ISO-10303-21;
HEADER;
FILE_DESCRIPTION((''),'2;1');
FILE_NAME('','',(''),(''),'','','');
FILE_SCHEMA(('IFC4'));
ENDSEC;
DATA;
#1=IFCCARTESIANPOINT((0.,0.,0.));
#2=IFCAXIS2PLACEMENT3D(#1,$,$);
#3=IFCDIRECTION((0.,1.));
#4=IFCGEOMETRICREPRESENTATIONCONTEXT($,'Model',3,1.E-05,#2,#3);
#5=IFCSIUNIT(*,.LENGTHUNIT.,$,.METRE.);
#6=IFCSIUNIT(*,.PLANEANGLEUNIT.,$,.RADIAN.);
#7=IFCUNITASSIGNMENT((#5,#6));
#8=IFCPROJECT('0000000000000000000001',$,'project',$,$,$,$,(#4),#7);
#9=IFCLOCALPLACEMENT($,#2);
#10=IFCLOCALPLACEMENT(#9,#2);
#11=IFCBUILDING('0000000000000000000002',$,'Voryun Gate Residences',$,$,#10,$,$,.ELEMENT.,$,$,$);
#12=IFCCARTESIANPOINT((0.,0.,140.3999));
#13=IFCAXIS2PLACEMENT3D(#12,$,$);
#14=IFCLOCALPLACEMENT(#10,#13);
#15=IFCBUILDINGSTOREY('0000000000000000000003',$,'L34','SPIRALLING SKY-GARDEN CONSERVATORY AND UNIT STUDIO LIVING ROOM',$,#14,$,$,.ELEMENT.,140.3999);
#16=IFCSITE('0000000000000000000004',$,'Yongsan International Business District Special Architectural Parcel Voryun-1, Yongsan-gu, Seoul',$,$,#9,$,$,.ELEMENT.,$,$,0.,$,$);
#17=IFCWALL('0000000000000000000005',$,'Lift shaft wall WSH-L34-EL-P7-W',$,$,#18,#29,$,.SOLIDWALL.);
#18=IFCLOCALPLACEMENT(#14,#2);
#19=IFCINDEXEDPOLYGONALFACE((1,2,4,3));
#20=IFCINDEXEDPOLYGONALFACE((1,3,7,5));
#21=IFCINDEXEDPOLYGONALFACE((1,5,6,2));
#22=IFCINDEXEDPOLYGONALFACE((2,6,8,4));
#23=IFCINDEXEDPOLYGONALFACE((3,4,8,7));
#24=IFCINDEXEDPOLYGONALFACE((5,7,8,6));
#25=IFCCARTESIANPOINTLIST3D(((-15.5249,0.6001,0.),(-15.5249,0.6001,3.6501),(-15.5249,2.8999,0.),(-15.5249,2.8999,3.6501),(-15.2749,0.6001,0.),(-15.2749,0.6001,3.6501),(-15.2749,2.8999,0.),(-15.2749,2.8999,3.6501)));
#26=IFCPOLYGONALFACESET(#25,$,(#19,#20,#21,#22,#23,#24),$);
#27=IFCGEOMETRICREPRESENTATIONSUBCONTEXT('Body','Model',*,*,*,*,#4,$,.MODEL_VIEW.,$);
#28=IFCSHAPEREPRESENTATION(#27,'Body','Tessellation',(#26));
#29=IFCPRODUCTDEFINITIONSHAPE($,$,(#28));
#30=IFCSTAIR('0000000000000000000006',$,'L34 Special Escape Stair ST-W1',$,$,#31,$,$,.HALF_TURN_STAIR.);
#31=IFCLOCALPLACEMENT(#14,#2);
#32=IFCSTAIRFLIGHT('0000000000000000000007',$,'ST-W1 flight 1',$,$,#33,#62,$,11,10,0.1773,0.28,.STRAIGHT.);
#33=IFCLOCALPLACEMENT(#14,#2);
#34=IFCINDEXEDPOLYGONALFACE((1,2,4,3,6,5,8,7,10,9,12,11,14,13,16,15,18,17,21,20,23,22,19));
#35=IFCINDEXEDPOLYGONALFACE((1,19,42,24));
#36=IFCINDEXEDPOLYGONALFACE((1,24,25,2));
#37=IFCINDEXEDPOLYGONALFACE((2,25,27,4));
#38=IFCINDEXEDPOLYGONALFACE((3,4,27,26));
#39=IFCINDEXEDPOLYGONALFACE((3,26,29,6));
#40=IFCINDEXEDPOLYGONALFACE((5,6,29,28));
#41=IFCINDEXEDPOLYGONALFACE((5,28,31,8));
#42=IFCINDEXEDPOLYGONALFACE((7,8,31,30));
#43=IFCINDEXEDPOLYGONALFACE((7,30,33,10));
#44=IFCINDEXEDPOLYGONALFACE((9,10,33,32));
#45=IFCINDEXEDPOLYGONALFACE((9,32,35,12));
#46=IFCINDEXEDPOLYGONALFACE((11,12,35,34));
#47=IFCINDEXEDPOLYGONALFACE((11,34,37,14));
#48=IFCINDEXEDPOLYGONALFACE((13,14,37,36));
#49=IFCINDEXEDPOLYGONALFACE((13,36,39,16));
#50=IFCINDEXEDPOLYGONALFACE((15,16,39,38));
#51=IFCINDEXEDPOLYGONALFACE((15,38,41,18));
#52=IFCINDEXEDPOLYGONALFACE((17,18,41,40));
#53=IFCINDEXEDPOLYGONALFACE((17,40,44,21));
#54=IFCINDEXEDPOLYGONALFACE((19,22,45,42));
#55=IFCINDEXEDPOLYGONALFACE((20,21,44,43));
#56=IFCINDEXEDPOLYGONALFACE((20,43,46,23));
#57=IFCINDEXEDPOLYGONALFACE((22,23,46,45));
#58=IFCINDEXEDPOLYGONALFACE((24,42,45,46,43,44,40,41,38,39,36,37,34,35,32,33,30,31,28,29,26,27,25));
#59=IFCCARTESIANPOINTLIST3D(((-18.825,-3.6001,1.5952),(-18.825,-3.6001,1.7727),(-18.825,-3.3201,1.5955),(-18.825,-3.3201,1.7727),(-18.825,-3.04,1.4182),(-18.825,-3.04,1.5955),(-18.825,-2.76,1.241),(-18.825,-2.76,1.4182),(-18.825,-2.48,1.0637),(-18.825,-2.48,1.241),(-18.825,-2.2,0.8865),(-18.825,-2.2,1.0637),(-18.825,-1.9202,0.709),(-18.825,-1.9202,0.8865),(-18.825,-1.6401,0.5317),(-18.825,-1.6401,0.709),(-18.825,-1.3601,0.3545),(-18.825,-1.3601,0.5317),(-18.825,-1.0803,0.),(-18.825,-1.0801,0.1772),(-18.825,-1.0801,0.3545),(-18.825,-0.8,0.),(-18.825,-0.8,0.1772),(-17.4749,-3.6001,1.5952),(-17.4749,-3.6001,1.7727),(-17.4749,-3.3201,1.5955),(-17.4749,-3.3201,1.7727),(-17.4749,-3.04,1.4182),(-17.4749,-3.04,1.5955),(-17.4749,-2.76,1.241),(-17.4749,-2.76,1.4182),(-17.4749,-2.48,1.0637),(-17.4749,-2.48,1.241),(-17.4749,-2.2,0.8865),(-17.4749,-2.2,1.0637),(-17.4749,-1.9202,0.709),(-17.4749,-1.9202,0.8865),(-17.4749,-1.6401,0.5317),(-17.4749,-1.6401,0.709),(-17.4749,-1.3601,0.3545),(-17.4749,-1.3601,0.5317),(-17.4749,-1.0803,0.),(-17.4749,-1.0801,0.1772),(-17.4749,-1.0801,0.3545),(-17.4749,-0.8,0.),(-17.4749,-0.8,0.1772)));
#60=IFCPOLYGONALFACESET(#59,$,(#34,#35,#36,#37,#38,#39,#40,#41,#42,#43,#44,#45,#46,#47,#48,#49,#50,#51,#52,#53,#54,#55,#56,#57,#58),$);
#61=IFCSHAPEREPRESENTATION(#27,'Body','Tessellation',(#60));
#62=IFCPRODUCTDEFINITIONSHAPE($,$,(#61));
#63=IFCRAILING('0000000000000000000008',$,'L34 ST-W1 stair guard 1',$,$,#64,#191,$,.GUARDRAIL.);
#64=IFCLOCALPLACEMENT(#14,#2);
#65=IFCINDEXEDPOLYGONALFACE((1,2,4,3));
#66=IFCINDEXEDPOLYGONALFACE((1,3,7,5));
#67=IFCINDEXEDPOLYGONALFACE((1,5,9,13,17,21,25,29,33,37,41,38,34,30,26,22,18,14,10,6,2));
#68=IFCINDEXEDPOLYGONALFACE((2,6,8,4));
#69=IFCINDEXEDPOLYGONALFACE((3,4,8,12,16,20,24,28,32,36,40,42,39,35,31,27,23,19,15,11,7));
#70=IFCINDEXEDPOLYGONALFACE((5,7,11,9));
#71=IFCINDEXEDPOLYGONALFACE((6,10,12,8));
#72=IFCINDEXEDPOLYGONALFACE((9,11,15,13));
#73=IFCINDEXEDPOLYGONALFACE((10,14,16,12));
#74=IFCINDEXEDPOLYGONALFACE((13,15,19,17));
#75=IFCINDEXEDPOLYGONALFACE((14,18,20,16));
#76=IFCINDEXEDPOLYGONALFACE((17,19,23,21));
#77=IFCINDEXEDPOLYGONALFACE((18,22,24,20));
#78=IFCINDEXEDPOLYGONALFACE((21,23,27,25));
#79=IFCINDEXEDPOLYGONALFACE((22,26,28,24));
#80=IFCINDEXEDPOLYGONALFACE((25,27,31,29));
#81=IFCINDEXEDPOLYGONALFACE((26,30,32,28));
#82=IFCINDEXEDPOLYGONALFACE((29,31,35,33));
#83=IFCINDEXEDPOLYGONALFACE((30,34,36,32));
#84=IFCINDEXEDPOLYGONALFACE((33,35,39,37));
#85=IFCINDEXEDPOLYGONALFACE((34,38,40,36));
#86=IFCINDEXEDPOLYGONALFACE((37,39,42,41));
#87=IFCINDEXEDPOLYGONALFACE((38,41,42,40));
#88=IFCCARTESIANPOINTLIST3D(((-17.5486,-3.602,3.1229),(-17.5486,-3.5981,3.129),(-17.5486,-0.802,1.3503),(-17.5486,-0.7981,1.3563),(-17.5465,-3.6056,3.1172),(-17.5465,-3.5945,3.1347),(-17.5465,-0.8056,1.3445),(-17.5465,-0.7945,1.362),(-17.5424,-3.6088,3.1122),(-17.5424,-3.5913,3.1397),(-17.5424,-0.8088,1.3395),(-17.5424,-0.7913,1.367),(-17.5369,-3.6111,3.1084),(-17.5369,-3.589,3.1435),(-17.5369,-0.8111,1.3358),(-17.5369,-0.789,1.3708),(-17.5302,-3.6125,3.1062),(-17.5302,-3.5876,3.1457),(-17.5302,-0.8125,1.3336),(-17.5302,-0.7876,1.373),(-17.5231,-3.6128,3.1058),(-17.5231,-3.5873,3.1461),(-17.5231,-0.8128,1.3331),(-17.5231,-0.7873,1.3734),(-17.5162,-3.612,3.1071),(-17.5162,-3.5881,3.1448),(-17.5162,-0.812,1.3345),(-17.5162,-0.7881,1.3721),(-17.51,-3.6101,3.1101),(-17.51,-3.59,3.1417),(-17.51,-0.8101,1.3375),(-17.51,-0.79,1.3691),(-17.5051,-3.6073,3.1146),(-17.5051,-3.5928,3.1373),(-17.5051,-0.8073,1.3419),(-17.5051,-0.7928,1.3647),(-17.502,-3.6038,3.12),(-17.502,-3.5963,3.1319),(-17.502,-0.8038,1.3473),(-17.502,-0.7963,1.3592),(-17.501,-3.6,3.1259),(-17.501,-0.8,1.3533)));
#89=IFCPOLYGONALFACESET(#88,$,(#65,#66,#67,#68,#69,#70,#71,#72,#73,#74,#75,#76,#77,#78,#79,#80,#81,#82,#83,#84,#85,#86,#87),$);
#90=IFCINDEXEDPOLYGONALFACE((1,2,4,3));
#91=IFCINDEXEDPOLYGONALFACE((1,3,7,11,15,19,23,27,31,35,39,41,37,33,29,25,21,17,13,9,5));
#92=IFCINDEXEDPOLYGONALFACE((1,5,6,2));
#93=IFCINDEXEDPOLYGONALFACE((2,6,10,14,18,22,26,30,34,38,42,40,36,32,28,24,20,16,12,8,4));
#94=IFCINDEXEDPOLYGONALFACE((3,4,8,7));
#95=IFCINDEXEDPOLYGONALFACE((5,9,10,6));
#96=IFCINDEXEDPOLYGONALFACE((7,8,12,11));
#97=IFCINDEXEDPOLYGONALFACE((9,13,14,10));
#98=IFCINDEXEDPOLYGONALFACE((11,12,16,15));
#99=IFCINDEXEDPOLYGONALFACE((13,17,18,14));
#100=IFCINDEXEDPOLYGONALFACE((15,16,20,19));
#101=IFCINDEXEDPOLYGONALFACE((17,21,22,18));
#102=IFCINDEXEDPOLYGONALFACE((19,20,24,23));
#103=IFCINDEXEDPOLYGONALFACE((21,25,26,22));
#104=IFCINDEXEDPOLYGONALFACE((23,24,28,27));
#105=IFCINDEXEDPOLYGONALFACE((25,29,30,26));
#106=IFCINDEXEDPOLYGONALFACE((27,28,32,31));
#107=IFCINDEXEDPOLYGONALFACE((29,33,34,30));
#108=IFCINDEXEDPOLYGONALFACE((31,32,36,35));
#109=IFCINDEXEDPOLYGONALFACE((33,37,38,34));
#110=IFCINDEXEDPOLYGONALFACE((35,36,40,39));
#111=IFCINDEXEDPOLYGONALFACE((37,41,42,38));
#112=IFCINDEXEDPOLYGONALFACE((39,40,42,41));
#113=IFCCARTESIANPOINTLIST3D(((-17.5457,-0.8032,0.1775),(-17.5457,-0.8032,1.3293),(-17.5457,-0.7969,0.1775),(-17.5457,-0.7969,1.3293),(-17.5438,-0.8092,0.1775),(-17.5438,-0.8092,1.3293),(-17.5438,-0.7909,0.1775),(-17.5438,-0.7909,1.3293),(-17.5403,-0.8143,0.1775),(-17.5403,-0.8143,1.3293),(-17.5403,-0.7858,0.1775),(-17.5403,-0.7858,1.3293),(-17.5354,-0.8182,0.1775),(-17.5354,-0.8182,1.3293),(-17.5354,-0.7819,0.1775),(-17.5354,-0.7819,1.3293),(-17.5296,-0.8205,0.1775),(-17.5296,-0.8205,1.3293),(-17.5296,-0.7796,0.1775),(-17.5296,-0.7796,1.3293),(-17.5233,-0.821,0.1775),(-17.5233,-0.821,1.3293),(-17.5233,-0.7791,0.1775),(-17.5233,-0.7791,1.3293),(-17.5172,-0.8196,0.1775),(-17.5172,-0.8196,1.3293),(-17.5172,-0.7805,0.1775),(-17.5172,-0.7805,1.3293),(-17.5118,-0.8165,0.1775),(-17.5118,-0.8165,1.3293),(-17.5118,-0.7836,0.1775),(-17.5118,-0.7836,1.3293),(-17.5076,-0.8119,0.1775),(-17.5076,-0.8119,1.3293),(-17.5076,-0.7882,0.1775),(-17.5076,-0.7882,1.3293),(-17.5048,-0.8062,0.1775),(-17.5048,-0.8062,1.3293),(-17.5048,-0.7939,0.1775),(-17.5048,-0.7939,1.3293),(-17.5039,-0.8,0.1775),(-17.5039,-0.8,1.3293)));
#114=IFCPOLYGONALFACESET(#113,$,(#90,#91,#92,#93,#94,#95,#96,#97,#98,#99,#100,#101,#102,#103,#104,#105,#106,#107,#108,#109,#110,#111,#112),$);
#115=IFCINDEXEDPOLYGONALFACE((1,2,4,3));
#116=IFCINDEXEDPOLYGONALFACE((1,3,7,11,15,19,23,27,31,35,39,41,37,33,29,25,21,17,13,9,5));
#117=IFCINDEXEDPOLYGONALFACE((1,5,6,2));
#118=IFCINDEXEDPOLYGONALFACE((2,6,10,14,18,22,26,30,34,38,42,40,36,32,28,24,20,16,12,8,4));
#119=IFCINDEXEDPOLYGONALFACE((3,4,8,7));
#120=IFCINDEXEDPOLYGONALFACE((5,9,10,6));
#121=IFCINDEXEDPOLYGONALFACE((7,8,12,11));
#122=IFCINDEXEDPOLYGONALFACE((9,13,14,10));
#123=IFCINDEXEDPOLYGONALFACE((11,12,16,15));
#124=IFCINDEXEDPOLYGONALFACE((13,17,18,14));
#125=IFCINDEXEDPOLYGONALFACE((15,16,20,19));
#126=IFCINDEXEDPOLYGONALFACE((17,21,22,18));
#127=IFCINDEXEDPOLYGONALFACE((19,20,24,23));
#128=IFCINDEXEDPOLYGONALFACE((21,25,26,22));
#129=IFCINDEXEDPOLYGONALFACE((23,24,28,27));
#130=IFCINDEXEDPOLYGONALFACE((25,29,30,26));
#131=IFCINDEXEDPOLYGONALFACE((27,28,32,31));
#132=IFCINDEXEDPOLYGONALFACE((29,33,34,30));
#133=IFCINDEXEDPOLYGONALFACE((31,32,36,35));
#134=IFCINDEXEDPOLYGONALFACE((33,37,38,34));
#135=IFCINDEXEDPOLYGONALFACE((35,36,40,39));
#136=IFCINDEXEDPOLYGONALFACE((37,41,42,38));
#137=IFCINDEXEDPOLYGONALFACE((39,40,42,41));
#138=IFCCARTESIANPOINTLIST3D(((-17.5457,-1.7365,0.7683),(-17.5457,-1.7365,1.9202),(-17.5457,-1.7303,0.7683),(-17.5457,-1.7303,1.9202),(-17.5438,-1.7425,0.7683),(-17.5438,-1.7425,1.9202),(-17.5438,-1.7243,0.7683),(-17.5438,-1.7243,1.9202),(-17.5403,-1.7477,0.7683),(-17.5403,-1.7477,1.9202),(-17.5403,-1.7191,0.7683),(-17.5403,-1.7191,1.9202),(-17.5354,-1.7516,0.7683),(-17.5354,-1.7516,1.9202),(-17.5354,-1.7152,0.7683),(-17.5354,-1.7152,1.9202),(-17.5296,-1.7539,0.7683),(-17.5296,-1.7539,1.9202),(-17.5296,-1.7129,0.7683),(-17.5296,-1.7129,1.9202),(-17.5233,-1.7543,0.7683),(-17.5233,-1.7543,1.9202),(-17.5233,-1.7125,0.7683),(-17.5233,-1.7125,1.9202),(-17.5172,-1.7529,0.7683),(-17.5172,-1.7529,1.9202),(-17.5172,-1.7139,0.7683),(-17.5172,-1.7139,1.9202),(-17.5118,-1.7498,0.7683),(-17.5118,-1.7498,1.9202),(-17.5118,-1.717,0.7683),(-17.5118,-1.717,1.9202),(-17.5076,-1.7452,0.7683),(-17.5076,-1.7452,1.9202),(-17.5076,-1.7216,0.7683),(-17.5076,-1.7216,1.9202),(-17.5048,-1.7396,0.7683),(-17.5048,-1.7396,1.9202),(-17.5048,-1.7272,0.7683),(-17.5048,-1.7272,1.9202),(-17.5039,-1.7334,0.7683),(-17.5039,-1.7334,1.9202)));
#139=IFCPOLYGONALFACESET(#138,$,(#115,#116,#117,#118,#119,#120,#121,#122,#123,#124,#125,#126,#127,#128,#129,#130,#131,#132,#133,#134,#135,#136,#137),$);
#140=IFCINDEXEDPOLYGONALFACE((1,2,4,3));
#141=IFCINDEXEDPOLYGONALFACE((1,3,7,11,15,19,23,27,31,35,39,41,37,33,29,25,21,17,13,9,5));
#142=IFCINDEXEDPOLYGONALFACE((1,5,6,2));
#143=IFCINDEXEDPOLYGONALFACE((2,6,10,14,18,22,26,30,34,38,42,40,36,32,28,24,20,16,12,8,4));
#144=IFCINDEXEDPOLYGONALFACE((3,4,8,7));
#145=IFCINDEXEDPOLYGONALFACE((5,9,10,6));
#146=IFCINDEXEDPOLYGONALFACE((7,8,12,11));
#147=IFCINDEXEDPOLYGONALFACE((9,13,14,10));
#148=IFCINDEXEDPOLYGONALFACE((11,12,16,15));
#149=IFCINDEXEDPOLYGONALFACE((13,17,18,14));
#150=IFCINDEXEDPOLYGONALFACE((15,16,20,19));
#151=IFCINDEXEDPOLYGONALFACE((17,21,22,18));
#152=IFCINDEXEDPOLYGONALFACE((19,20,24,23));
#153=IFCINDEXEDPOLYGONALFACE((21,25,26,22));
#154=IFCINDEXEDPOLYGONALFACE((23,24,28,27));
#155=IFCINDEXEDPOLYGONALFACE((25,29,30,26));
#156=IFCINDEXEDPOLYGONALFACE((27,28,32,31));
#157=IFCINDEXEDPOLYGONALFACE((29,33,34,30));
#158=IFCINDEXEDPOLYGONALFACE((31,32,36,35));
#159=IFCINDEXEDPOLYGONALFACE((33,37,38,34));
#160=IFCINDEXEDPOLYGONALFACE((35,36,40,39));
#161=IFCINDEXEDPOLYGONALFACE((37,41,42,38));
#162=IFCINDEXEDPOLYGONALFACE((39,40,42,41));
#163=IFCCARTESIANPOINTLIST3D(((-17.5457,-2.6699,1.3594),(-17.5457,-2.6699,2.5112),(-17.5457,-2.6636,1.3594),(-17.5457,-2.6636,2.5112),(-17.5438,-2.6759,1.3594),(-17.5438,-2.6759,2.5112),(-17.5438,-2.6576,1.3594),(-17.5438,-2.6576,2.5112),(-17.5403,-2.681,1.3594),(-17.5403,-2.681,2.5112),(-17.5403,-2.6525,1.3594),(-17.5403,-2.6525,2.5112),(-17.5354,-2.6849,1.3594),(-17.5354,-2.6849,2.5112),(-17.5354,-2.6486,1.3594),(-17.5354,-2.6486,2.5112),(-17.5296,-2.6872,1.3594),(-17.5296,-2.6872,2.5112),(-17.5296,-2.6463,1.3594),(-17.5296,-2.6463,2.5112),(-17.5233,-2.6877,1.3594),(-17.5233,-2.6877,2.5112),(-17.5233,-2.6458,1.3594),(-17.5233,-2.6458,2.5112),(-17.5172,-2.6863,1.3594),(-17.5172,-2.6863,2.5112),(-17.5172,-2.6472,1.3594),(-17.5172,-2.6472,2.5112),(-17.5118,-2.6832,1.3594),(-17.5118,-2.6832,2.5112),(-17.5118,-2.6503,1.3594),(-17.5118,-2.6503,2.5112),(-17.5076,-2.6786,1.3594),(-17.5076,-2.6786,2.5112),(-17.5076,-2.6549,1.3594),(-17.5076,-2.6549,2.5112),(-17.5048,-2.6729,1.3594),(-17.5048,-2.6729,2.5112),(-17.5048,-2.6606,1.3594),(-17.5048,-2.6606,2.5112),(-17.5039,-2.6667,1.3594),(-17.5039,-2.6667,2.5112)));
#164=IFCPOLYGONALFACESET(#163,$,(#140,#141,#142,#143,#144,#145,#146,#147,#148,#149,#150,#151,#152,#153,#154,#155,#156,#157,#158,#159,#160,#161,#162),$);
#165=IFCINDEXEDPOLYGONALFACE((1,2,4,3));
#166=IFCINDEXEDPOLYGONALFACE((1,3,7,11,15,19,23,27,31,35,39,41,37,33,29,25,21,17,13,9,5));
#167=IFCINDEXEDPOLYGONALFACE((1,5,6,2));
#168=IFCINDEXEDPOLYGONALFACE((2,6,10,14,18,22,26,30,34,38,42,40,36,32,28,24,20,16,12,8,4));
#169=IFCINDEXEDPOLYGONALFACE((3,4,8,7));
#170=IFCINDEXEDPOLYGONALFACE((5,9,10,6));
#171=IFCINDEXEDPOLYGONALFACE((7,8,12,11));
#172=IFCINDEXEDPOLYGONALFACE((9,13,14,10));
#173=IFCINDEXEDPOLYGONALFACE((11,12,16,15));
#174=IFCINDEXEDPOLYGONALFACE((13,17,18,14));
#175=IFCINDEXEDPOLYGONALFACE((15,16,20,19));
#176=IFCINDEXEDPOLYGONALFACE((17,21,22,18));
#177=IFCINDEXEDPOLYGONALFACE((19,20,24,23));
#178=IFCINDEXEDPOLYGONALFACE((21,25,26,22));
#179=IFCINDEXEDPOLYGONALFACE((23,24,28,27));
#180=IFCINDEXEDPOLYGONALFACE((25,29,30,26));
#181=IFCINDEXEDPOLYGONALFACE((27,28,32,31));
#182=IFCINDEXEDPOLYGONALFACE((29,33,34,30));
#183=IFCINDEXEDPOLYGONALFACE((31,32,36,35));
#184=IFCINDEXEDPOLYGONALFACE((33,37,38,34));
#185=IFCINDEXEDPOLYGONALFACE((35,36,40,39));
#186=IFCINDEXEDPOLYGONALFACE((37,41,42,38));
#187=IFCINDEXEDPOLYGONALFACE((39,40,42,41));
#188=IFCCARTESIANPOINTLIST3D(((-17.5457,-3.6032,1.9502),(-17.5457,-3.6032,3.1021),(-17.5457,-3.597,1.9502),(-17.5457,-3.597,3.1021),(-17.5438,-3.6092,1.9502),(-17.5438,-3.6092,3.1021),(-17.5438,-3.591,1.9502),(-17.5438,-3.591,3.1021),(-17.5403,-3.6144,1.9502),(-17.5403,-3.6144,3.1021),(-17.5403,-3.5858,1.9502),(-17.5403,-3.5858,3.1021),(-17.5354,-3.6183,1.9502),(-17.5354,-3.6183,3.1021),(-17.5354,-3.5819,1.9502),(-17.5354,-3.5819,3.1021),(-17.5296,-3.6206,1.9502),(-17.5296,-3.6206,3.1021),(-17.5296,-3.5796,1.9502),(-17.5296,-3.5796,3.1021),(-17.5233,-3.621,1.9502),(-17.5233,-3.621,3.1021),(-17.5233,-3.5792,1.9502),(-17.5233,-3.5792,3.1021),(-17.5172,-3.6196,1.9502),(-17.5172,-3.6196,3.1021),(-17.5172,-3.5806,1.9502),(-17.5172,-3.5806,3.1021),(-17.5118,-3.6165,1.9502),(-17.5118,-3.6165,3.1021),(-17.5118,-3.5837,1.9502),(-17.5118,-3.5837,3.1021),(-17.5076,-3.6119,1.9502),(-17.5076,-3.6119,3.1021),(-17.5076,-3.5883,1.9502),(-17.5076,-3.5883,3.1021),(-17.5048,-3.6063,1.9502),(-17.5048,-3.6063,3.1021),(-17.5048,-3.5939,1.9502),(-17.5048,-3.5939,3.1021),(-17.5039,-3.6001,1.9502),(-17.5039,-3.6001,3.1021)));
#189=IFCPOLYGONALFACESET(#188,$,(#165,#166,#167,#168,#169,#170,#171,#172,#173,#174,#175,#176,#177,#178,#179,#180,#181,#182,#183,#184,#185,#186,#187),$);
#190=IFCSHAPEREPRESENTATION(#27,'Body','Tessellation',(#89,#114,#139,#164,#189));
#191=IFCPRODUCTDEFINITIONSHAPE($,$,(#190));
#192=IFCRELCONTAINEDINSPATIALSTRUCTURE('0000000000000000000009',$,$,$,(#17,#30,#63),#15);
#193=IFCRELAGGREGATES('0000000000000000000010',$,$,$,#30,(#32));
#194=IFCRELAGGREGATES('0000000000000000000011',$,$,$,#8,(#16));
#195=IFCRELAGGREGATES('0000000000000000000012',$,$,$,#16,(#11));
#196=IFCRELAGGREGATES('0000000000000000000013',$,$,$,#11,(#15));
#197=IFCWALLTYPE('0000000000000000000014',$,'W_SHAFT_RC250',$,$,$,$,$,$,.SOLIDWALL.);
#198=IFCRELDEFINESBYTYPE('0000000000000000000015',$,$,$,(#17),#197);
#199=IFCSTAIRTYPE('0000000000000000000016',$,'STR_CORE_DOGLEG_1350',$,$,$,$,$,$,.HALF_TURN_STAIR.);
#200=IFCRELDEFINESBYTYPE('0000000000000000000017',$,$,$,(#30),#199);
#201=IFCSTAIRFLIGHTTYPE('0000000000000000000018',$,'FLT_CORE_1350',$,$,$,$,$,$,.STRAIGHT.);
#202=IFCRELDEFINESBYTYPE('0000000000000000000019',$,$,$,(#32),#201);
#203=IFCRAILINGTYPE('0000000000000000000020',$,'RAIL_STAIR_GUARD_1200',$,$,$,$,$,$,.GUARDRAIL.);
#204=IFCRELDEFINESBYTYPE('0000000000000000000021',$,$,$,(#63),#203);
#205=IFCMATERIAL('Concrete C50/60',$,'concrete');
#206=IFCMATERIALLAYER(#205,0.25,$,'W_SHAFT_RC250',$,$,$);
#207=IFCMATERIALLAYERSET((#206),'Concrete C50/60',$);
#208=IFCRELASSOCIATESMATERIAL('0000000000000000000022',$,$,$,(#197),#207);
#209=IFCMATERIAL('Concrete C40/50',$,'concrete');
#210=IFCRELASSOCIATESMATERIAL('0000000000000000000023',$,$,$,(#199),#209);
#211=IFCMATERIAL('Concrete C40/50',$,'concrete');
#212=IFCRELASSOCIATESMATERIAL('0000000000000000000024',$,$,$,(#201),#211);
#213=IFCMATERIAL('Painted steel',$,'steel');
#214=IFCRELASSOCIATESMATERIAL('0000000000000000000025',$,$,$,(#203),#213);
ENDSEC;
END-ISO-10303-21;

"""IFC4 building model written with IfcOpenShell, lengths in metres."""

from ifc_helpers import new_model, si_unit, direction, frame, frame_2d, origin, origin_2d, place, context, subcontext, project, spatial, polyline, rectangle, circle, outline, extrude, material, layer, layer_set, type_object, element, aggregate, save


model = new_model("IFC4")

# Units and contexts
model_context = context("Model", 3, precision=1e-05, world=origin(), true_north=direction((0.0, 1.0)))
body_context = subcontext(model_context, "Body", "Model", "MODEL_VIEW")
ifc_project = project(units=[si_unit("LENGTHUNIT", "METRE"), si_unit("PLANEANGLEUNIT", "RADIAN")], contexts=[model_context])

# Site, building, storey
site_placement = place(None, origin())
site = spatial("IfcSite", under=ifc_project, at=site_placement, Name="Yongsan International Business District Special Architectural Parcel Voryun-1, Yongsan-gu, Seoul", CompositionType="ELEMENT", RefElevation=0.0)
building_placement = place(site_placement, origin())
building = spatial("IfcBuilding", under=site, at=building_placement, Name="Voryun Gate Residences", CompositionType="ELEMENT")
storey_placement = place(building_placement, frame((0.0, 0.0, 140.3999)))
storey = spatial("IfcBuildingStorey", under=building, at=storey_placement, Name="L34", Description="SPIRALLING SKY-GARDEN CONSERVATORY AND UNIT STUDIO LIVING ROOM", CompositionType="ELEMENT", Elevation=140.3999)

# Shared definitions
ifc_material_1 = material(Name="Concrete C50/60", Category="concrete")
ifc_layer_1 = layer(ifc_material_1, 0.25, Name="W_SHAFT_RC250")
ifc_layer_set_1 = layer_set([ifc_layer_1], Name="Concrete C50/60")
wall_type_1 = type_object("IfcWallType", Name="W_SHAFT_RC250", PredefinedType="SOLIDWALL", material=ifc_layer_set_1)

# Wall
wall_1_placement = place(storey_placement, frame((-15.3999, 2.8999, 0.0), z_axis=(0.0, 0.0, 1.0), x_axis=(0.0, -1.0, 0.0)))
element("IfcWall", 1, at=wall_1_placement, inside=storey, type_object=wall_type_1, Name="Lift shaft wall WSH-L34-EL-P7-W", PredefinedType="SOLIDWALL", context=body_context, shape_type="SweptSolid", body=[
    extrude(rectangle(XDim=2.2998, YDim=0.25, at=frame_2d((1.1499, 0.0))), origin(), (0.0, 0.0, 1.0), 3.6501),
])

# Stair, stair flight
ifc_material_2 = material(Name="Concrete C40/50", Category="concrete")
stair_type = type_object("IfcStairType", Name="STR_CORE_DOGLEG_1350", PredefinedType="HALF_TURN_STAIR", material=ifc_material_2)
stair_placement = place(storey_placement, origin())
stair = element("IfcStair", 2, at=stair_placement, inside=storey, type_object=stair_type, Name="L34 Special Escape Stair ST-W1", PredefinedType="HALF_TURN_STAIR")
ifc_material_3 = material(Name="Concrete C40/50", Category="concrete")
stair_flight_type = type_object("IfcStairFlightType", Name="FLT_CORE_1350", PredefinedType="STRAIGHT", material=ifc_material_3)
stair_flight_placement = place(storey_placement, frame((-18.1499, -0.8, 0.0), z_axis=(0.0, 0.0, 1.0), x_axis=(0.0, -1.0, 0.0)))
stair_flight = element("IfcStairFlight", 3, at=stair_flight_placement, type_object=stair_flight_type, Name="ST-W1 flight 1", NumberOfRisers=11, NumberOfTreads=10, PredefinedType="STRAIGHT", RiserHeight=0.1773, TreadLength=0.28, context=body_context, shape_type="SweptSolid", body=[
    extrude(outline(polyline([(0.0, 0.0), (0.0, 0.1772), (0.28, 0.1772), (0.28, 0.3545), (0.5601, 0.3545), (0.5601, 0.5317), (0.8401, 0.5317), (0.8401, 0.709), (1.1201, 0.709), (1.1201, 0.8865), (1.3999, 0.8865), (1.3999, 1.0637), (1.6799, 1.0637), (1.6799, 1.241), (1.96, 1.241), (1.96, 1.4182), (2.24, 1.4182), (2.24, 1.5955), (2.52, 1.5955), (2.52, 1.7727), (2.8, 1.7727), (2.8, 1.95), (2.8, 1.5952), (0.2803, 0.0), (0.0, 0.0)])), frame((0.0, 0.675, 0.0), z_axis=(0.0, -1.0, 0.0), x_axis=(1.0, 0.0, 0.0)), (0.0, 0.0, 1.0), 1.3501),
])
aggregate(stair, [stair_flight])

# Railing
ifc_material_4 = material(Name="Painted steel", Category="steel")
railing_type_1 = type_object("IfcRailingType", Name="RAIL_STAIR_GUARD_1200", PredefinedType="GUARDRAIL", material=ifc_material_4)
railing_1_placement = place(storey_placement, frame((-17.5249, -0.8, 0.1775)))
element("IfcRailing", 4, at=railing_1_placement, inside=storey, type_object=railing_type_1, Name="L34 ST-W1 stair guard 1", PredefinedType="GUARDRAIL", context=body_context, shape_type="SweptSolid", body=[
    extrude(circle(Radius=0.0239, at=origin_2d()), frame((0.0, 0.0, 1.1758), z_axis=(0.0, -0.844909, 0.53491), x_axis=(1.0, 0.0, 0.0)), (0.0, 0.0, 1.0), 3.314),
    extrude(circle(Radius=0.021, at=origin_2d()), origin(), (0.0, 0.0, 1.0), 1.1519),
    extrude(circle(Radius=0.021, at=origin_2d()), frame((0.0, -0.9333, 0.5908)), (0.0, 0.0, 1.0), 1.1519),
    extrude(circle(Radius=0.021, at=origin_2d()), frame((0.0, -1.8667, 1.1819)), (0.0, 0.0, 1.0), 1.1519),
    extrude(circle(Radius=0.021, at=origin_2d()), frame((0.0, -2.8, 1.7727)), (0.0, 0.0, 1.0), 1.1519),
])

save(model, "model.ifc")
